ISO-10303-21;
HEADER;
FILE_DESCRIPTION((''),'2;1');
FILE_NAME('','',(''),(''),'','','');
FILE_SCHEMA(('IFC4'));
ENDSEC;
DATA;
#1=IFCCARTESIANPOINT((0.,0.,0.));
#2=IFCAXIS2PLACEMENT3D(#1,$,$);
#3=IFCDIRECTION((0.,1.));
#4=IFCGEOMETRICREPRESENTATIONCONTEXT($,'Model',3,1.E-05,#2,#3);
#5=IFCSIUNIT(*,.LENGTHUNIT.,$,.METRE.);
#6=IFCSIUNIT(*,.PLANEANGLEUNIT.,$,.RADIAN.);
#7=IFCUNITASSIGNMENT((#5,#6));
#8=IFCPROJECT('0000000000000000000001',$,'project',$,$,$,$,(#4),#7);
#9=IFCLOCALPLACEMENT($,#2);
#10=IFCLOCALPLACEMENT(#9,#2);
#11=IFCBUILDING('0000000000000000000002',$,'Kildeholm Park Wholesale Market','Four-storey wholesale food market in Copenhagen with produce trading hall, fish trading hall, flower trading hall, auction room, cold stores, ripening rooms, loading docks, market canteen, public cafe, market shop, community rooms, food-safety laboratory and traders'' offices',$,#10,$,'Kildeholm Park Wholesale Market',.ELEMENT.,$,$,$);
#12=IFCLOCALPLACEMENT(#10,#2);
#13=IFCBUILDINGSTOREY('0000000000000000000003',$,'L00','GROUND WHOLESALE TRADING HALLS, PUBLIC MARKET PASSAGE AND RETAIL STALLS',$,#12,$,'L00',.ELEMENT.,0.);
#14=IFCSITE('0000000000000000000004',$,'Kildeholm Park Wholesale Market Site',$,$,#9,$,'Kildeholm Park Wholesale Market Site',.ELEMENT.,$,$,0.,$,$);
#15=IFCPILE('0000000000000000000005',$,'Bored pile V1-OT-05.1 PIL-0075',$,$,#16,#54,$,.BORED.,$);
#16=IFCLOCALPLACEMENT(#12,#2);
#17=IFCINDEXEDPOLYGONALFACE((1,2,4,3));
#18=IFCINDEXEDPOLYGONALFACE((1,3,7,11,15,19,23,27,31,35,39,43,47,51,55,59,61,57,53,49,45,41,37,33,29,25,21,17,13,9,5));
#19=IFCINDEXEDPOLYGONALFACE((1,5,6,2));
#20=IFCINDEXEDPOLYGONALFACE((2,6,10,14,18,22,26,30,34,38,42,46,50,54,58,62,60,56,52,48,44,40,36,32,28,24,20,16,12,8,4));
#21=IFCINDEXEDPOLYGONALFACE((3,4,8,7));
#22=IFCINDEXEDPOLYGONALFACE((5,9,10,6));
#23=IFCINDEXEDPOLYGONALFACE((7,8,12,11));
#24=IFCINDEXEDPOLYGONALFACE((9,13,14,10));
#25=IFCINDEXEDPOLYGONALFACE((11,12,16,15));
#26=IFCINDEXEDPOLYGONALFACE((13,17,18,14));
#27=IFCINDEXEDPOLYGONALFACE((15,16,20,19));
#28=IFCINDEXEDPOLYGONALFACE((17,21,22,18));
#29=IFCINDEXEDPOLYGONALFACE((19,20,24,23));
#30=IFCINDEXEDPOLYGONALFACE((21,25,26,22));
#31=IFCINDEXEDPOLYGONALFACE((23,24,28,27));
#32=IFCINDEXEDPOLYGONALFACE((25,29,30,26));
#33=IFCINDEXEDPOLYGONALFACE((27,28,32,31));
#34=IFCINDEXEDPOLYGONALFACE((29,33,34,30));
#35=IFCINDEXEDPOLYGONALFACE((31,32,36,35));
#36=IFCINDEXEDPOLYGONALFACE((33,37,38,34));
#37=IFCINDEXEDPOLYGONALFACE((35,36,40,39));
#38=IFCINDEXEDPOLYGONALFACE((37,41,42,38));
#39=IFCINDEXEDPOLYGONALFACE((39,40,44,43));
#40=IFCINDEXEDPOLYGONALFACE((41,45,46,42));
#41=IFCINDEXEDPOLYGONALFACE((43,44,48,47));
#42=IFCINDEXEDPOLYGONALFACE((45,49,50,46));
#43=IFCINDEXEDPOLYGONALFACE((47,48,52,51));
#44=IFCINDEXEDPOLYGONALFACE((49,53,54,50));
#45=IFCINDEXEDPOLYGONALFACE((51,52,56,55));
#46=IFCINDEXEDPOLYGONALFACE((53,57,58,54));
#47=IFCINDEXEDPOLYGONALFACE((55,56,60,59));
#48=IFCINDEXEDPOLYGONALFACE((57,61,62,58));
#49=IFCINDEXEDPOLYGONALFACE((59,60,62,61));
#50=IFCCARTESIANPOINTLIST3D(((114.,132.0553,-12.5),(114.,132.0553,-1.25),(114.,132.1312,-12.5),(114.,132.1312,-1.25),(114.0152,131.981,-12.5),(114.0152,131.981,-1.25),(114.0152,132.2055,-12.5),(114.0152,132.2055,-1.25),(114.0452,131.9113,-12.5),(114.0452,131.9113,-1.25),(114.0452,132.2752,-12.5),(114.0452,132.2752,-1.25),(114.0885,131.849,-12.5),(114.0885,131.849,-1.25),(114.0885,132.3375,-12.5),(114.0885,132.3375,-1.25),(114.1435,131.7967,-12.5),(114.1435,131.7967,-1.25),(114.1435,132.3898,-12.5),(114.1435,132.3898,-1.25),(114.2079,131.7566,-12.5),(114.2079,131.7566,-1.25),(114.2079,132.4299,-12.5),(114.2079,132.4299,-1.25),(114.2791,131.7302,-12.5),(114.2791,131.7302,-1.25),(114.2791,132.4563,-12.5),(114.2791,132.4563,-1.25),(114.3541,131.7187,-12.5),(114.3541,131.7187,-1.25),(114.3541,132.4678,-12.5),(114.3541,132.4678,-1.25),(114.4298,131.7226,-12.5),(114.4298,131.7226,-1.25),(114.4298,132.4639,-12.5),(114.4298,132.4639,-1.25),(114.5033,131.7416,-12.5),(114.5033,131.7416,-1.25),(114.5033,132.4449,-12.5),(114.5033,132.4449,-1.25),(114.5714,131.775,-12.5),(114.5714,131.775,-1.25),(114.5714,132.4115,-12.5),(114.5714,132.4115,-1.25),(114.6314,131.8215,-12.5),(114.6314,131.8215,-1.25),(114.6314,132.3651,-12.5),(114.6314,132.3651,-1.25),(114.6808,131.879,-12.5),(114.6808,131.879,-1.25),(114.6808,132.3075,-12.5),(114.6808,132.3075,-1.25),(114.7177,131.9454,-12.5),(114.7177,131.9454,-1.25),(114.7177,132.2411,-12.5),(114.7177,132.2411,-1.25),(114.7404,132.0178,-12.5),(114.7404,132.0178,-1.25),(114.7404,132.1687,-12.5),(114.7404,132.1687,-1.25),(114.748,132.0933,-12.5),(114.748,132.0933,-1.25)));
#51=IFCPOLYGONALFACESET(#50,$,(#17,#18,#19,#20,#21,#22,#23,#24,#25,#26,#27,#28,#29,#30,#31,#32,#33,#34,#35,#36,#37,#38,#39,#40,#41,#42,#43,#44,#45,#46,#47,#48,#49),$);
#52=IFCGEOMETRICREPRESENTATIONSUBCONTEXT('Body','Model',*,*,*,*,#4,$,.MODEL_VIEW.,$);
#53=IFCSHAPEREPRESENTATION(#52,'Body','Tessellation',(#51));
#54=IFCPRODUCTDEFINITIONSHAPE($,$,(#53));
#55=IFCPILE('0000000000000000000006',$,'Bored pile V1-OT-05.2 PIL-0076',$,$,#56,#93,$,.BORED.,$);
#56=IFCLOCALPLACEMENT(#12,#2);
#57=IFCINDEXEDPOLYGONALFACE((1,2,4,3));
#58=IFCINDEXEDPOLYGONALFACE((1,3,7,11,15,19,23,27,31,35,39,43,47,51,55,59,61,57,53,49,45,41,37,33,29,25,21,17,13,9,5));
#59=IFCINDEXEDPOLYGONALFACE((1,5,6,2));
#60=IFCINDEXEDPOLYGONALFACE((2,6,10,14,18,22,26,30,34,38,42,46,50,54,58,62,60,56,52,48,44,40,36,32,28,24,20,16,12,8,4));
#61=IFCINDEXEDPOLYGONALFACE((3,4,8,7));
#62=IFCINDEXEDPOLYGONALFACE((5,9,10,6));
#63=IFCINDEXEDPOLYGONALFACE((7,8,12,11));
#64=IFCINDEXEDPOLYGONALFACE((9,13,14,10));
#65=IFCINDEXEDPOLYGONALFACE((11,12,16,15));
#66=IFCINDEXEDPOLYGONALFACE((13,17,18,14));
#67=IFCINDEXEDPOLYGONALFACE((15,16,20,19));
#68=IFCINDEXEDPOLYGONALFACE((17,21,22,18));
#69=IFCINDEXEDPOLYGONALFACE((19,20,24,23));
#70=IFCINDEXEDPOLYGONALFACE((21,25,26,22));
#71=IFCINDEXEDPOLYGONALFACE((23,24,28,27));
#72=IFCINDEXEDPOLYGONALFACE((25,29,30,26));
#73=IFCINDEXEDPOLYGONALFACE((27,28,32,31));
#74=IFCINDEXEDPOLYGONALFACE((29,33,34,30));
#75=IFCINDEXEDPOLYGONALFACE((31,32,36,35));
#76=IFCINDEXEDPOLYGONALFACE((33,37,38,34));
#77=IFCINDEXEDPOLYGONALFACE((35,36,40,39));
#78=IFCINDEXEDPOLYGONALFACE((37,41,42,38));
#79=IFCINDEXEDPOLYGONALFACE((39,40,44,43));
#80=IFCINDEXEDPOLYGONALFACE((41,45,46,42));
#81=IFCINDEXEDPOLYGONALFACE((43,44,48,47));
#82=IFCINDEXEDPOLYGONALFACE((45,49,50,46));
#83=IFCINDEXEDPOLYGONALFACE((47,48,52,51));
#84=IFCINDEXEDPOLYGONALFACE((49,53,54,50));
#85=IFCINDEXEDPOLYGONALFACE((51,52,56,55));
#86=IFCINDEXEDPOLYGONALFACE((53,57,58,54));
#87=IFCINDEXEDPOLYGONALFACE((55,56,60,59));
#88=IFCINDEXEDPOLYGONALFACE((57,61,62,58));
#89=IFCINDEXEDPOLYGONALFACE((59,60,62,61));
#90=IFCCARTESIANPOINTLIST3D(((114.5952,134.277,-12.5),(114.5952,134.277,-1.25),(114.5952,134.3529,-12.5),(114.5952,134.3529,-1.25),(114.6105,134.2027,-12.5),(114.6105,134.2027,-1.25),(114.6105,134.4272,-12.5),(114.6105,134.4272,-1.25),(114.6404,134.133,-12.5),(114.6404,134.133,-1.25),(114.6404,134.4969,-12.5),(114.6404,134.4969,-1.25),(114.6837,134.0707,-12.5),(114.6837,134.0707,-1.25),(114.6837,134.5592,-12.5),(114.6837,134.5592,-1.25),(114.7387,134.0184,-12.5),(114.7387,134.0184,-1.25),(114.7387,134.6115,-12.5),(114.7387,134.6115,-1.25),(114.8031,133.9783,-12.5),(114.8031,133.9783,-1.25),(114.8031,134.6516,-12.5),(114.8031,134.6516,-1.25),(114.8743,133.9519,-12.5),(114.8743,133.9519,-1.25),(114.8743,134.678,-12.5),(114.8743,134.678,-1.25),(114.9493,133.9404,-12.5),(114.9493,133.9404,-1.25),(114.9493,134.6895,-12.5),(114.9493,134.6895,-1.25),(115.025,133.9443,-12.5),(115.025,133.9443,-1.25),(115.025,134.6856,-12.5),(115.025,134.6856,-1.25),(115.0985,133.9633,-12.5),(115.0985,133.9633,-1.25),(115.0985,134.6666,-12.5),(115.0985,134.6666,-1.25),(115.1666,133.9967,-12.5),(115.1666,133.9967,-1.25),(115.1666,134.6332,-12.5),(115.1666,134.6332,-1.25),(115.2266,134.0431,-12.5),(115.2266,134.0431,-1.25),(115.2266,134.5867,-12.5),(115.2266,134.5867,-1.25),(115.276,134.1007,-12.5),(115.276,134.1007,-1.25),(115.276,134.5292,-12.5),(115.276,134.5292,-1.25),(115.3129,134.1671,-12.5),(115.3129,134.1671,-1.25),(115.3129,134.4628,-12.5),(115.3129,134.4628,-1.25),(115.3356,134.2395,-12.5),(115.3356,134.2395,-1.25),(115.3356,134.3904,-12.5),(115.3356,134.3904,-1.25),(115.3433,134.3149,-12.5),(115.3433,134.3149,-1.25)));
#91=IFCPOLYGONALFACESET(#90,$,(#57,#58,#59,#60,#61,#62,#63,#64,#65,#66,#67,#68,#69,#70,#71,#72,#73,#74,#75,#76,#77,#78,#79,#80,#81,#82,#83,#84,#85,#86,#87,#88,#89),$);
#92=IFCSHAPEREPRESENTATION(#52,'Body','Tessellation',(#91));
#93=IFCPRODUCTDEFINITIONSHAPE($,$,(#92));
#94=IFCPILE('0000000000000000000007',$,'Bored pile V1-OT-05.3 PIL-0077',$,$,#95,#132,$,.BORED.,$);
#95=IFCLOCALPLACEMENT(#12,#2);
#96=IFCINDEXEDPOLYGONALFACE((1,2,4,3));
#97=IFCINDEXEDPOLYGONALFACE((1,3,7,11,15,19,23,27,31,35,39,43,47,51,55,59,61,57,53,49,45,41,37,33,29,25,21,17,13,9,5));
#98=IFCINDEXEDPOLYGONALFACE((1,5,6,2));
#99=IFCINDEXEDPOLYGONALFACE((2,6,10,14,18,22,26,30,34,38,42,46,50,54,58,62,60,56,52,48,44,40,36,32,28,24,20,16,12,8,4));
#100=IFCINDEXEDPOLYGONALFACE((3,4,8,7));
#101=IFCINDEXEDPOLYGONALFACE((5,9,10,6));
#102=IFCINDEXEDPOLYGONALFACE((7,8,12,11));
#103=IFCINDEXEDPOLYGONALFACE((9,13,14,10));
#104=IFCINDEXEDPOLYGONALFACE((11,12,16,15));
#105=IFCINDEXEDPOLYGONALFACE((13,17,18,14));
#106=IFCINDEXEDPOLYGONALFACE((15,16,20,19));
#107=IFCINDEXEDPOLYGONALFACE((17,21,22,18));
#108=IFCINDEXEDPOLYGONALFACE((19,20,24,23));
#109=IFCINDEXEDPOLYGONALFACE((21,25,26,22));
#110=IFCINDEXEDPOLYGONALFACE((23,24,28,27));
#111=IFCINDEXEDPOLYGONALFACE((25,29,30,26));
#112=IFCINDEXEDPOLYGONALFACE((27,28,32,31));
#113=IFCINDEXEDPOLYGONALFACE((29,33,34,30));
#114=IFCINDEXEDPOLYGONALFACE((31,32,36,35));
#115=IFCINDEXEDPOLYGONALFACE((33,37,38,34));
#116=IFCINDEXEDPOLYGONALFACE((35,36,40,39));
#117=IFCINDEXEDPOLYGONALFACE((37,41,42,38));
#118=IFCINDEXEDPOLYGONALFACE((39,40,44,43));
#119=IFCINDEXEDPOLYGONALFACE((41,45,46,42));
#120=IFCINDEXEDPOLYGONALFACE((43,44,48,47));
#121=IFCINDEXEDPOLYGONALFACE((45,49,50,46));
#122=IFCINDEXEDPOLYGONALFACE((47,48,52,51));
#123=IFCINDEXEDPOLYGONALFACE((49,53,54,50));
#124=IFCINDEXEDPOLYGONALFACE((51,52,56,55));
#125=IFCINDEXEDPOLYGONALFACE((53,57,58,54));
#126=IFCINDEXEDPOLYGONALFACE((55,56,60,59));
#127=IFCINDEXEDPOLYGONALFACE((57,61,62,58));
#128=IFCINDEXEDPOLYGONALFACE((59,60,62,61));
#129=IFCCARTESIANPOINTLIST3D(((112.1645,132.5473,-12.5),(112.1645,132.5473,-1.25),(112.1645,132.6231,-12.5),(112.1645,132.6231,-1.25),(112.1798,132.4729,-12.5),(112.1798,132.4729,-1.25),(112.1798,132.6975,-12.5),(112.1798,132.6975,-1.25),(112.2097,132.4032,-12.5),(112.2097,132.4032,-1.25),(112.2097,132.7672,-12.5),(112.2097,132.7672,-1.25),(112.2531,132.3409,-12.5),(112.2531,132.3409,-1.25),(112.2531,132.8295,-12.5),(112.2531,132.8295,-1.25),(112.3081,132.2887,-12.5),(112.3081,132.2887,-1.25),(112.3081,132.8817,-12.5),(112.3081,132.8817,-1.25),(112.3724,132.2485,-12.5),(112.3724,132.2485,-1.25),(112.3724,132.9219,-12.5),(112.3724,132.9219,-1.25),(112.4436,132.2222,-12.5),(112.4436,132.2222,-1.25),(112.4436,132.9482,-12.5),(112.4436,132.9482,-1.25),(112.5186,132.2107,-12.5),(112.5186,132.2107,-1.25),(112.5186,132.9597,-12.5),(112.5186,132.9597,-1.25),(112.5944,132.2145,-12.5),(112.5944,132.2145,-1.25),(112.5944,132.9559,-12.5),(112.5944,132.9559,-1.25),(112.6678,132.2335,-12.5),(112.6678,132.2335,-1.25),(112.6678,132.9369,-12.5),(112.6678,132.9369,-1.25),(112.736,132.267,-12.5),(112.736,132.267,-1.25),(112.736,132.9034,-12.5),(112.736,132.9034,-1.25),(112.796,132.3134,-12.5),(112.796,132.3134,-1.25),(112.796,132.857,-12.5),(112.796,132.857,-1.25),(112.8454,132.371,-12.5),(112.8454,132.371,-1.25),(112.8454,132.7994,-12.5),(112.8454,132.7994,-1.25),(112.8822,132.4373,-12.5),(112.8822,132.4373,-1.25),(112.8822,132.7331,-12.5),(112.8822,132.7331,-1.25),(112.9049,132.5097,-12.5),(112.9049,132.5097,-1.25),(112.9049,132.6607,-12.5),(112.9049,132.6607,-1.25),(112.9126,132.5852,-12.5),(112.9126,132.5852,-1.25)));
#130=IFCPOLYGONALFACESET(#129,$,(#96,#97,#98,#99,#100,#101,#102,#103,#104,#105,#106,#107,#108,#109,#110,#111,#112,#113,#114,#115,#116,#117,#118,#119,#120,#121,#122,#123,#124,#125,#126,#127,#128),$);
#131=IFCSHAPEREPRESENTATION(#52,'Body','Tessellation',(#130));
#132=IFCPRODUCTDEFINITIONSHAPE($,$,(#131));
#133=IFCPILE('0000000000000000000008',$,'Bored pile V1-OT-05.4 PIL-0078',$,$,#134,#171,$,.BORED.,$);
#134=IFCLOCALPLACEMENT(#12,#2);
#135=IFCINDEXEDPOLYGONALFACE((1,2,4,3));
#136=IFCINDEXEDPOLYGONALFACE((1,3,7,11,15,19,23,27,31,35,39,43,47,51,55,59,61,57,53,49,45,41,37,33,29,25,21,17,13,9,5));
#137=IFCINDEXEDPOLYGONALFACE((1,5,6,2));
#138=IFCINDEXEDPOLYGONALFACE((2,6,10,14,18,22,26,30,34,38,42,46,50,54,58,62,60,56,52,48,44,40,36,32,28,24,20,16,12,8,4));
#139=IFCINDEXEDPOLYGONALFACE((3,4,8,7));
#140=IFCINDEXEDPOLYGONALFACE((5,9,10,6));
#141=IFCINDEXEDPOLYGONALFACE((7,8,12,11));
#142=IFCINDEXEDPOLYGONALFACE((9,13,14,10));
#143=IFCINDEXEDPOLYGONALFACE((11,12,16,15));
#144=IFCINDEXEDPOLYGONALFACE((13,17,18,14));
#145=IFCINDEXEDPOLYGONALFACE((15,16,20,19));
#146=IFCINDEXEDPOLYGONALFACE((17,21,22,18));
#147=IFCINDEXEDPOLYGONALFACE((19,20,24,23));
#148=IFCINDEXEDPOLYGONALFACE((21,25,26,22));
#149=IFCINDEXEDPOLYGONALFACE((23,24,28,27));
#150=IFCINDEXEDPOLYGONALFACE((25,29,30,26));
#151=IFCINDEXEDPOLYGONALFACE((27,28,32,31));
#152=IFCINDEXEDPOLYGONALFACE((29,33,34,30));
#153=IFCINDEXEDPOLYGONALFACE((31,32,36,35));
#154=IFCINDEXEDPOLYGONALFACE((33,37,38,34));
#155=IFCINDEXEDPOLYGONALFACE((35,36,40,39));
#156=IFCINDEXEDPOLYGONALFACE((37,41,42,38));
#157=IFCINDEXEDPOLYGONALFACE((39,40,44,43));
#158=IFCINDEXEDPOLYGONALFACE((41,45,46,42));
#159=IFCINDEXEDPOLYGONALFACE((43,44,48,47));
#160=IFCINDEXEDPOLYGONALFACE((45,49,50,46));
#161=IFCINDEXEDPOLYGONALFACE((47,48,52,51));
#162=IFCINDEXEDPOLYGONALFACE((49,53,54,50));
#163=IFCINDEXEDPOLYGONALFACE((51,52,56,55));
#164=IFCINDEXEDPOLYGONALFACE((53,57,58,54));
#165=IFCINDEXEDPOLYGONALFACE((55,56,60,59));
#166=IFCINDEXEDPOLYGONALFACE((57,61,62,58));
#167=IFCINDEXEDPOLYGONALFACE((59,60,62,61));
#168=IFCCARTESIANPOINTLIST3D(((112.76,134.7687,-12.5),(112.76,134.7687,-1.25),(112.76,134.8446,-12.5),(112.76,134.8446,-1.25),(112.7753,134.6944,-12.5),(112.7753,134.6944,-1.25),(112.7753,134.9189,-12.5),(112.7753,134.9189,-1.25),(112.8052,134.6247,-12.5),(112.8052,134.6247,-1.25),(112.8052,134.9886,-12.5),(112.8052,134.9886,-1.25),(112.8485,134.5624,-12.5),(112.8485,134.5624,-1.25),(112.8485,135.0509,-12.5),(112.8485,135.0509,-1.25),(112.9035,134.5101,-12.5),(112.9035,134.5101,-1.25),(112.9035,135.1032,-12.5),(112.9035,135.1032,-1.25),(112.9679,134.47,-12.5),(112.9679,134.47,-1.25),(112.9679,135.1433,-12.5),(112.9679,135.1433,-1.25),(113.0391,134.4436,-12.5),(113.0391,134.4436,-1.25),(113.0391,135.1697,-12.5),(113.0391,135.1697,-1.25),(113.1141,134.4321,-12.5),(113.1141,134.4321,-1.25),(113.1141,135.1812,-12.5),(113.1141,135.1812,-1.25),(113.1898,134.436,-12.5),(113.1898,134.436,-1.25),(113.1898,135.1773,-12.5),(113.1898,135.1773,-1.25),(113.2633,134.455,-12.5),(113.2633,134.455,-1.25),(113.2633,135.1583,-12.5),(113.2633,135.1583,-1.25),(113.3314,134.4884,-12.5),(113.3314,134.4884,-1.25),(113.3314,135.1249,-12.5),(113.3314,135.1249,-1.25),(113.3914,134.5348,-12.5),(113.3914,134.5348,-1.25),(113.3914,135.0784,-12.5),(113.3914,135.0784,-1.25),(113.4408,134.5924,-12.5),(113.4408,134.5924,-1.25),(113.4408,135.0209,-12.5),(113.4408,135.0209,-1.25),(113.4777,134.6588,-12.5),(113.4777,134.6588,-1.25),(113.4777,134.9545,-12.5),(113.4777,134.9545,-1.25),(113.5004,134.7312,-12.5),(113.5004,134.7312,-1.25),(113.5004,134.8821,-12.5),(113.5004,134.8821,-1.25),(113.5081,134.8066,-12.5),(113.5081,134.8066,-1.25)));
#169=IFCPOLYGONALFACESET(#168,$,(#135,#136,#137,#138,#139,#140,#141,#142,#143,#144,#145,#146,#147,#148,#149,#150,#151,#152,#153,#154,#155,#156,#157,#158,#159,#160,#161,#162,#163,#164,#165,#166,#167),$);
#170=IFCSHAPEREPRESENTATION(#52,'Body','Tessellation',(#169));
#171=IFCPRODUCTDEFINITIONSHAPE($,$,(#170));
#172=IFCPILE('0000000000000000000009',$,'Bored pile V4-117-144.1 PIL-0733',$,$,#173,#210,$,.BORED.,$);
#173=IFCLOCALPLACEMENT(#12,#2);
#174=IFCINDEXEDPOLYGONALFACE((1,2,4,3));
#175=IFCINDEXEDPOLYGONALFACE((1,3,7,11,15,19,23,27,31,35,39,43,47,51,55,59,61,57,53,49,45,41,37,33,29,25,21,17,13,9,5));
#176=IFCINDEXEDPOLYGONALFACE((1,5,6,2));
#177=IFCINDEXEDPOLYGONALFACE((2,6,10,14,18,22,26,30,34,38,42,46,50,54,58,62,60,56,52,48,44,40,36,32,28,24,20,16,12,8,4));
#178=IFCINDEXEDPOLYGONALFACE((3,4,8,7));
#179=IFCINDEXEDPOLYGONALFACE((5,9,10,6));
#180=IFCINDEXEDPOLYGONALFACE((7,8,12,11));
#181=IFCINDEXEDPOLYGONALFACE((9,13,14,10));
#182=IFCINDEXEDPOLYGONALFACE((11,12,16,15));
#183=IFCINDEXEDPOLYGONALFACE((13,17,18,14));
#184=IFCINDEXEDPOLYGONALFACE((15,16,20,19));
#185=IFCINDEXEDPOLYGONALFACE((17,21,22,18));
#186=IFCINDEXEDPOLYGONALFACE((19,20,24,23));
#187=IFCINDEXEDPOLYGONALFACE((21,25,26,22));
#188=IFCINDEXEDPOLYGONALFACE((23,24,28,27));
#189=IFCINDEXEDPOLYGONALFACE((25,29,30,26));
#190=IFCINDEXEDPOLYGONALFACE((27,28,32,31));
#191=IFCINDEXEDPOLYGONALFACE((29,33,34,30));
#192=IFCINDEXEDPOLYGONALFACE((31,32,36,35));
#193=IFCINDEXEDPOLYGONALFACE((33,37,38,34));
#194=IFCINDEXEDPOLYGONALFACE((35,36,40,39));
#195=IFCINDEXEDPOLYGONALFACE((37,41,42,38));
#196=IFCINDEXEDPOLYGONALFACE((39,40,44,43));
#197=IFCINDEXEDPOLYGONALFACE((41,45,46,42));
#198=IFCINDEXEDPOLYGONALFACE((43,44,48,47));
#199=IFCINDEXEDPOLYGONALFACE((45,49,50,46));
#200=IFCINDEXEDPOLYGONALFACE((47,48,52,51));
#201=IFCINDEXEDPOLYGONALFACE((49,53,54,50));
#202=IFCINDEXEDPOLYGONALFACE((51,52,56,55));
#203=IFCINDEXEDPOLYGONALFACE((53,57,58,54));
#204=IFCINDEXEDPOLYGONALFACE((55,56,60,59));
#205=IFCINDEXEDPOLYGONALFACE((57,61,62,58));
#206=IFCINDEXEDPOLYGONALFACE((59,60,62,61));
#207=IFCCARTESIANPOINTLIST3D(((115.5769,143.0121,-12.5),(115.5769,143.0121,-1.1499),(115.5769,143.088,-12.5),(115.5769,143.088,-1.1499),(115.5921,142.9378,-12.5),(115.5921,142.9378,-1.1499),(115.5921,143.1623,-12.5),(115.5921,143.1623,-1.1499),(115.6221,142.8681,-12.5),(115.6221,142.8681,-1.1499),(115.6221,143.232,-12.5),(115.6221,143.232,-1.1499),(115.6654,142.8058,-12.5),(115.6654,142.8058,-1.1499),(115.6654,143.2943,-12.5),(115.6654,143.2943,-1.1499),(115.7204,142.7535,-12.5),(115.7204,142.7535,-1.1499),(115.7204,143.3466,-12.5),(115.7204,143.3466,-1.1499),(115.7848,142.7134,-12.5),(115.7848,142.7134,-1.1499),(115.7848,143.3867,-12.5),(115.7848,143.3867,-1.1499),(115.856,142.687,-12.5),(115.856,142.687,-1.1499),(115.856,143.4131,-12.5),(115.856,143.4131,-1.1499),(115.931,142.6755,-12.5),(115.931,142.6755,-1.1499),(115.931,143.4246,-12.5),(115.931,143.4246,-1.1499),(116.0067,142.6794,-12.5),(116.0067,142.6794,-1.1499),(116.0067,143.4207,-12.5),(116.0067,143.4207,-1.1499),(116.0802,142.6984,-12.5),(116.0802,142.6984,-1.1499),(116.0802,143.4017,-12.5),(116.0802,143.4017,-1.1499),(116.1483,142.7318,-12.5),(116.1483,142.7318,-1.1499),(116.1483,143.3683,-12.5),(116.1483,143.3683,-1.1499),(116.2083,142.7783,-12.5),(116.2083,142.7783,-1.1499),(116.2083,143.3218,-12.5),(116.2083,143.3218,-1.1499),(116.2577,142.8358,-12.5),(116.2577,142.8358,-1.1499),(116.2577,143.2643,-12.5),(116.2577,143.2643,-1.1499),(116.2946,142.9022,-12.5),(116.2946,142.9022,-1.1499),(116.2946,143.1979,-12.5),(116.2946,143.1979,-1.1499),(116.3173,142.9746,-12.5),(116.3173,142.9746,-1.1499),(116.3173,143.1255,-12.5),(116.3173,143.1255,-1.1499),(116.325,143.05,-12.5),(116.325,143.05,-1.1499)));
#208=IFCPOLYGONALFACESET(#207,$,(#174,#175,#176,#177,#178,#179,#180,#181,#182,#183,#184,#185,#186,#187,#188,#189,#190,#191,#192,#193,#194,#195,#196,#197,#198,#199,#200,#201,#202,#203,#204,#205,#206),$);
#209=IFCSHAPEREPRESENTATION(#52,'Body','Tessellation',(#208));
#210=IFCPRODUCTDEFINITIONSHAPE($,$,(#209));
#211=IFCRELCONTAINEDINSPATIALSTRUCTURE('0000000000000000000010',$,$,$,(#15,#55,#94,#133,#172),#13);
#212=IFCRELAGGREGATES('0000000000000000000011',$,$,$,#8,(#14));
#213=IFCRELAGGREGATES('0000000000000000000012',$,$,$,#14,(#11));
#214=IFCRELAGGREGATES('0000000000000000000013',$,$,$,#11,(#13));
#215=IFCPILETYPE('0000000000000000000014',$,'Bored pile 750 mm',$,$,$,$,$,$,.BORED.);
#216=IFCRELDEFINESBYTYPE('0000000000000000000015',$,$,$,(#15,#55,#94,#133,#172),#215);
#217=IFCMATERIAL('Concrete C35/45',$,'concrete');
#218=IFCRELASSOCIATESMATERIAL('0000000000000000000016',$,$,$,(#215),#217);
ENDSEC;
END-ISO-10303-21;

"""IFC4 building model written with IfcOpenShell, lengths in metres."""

from ifc_helpers import new_model, si_unit, direction, frame, origin, origin_2d, place, context, subcontext, project, spatial, circle, extrude, material, material_profile, profile_set, type_object, element, save


model = new_model("IFC4")

# Units and contexts
model_context = context("Model", 3, precision=1e-05, world=origin(), true_north=direction((0.0, 1.0)))
body_context = subcontext(model_context, "Body", "Model", "MODEL_VIEW")
ifc_project = project(units=[si_unit("LENGTHUNIT", "METRE"), si_unit("PLANEANGLEUNIT", "RADIAN")], contexts=[model_context])

# Site, building, storey
site_placement = place(None, origin())
site = spatial("IfcSite", under=ifc_project, at=site_placement, Name="Kildeholm Park Wholesale Market Site", LongName="Kildeholm Park Wholesale Market Site", CompositionType="ELEMENT", RefElevation=0.0)
building_placement = place(site_placement, origin())
building = spatial("IfcBuilding", under=site, at=building_placement, Name="Kildeholm Park Wholesale Market", Description="Four-storey wholesale food market in Copenhagen with produce trading hall, fish trading hall, flower trading hall, auction room, cold stores, ripening rooms, loading docks, market canteen, public cafe, market shop, community rooms, food-safety laboratory and traders' offices", LongName="Kildeholm Park Wholesale Market", CompositionType="ELEMENT")
storey_placement = place(building_placement, origin())
storey = spatial("IfcBuildingStorey", under=building, at=storey_placement, Name="L00", Description="GROUND WHOLESALE TRADING HALLS, PUBLIC MARKET PASSAGE AND RETAIL STALLS", LongName="L00", CompositionType="ELEMENT", Elevation=0.0)

# Piles
ifc_material_1 = material(Name="Concrete C35/45", Category="concrete")
ifc_material_profile_1 = material_profile(ifc_material_1, circle(Radius=0.375, at=origin_2d()), Name="PILE D750")
ifc_profile_set_1 = profile_set([ifc_material_profile_1], Name="Concrete C35/45")
pile_type_1 = type_object("IfcPileType", Name="Bored pile 750 mm", PredefinedType="BORED", material=ifc_profile_set_1)
for number, where, z_axis, x_axis, name in (
    (1, (114.373, 132.0933, -1.25), (0.0, 0.0, -1.0), (1.0, 0.0, 0.0), "Bored pile V1-OT-05.1 PIL-0075"),
    (2, (114.9683, 134.3149, -1.25), (0.0, 0.0, -1.0), (1.0, 0.0, 0.0), "Bored pile V1-OT-05.2 PIL-0076"),
    (3, (112.5376, 132.5852, -1.25), (0.0, 0.0, -1.0), (1.0, 0.0, 0.0), "Bored pile V1-OT-05.3 PIL-0077"),
    (4, (113.1331, 134.8066, -1.25), (0.0, 0.0, -1.0), (1.0, 0.0, 0.0), "Bored pile V1-OT-05.4 PIL-0078"),
):
    element("IfcPile", number, at=place(storey_placement, frame(where, z_axis=z_axis, x_axis=x_axis)), inside=storey, type_object=pile_type_1, Name=name, PredefinedType="BORED", context=body_context, shape_type="SweptSolid", body=[
        extrude(circle(Radius=0.375, at=origin_2d()), origin(), (0.0, 0.0, 1.0), 11.25),
    ])
for number, where, z_axis, x_axis, name in (
    (5, (115.95, 143.05, -1.1499), (0.0, 0.0, -1.0), (1.0, 0.0, 0.0), "Bored pile V4-117-144.1 PIL-0733"),
):
    element("IfcPile", number, at=place(storey_placement, frame(where, z_axis=z_axis, x_axis=x_axis)), inside=storey, type_object=pile_type_1, Name=name, PredefinedType="BORED", context=body_context, shape_type="SweptSolid", body=[
        extrude(circle(Radius=0.375, at=origin_2d()), origin(), (0.0, 0.0, 1.0), 11.3501),
    ])

save(model, "model.ifc")
